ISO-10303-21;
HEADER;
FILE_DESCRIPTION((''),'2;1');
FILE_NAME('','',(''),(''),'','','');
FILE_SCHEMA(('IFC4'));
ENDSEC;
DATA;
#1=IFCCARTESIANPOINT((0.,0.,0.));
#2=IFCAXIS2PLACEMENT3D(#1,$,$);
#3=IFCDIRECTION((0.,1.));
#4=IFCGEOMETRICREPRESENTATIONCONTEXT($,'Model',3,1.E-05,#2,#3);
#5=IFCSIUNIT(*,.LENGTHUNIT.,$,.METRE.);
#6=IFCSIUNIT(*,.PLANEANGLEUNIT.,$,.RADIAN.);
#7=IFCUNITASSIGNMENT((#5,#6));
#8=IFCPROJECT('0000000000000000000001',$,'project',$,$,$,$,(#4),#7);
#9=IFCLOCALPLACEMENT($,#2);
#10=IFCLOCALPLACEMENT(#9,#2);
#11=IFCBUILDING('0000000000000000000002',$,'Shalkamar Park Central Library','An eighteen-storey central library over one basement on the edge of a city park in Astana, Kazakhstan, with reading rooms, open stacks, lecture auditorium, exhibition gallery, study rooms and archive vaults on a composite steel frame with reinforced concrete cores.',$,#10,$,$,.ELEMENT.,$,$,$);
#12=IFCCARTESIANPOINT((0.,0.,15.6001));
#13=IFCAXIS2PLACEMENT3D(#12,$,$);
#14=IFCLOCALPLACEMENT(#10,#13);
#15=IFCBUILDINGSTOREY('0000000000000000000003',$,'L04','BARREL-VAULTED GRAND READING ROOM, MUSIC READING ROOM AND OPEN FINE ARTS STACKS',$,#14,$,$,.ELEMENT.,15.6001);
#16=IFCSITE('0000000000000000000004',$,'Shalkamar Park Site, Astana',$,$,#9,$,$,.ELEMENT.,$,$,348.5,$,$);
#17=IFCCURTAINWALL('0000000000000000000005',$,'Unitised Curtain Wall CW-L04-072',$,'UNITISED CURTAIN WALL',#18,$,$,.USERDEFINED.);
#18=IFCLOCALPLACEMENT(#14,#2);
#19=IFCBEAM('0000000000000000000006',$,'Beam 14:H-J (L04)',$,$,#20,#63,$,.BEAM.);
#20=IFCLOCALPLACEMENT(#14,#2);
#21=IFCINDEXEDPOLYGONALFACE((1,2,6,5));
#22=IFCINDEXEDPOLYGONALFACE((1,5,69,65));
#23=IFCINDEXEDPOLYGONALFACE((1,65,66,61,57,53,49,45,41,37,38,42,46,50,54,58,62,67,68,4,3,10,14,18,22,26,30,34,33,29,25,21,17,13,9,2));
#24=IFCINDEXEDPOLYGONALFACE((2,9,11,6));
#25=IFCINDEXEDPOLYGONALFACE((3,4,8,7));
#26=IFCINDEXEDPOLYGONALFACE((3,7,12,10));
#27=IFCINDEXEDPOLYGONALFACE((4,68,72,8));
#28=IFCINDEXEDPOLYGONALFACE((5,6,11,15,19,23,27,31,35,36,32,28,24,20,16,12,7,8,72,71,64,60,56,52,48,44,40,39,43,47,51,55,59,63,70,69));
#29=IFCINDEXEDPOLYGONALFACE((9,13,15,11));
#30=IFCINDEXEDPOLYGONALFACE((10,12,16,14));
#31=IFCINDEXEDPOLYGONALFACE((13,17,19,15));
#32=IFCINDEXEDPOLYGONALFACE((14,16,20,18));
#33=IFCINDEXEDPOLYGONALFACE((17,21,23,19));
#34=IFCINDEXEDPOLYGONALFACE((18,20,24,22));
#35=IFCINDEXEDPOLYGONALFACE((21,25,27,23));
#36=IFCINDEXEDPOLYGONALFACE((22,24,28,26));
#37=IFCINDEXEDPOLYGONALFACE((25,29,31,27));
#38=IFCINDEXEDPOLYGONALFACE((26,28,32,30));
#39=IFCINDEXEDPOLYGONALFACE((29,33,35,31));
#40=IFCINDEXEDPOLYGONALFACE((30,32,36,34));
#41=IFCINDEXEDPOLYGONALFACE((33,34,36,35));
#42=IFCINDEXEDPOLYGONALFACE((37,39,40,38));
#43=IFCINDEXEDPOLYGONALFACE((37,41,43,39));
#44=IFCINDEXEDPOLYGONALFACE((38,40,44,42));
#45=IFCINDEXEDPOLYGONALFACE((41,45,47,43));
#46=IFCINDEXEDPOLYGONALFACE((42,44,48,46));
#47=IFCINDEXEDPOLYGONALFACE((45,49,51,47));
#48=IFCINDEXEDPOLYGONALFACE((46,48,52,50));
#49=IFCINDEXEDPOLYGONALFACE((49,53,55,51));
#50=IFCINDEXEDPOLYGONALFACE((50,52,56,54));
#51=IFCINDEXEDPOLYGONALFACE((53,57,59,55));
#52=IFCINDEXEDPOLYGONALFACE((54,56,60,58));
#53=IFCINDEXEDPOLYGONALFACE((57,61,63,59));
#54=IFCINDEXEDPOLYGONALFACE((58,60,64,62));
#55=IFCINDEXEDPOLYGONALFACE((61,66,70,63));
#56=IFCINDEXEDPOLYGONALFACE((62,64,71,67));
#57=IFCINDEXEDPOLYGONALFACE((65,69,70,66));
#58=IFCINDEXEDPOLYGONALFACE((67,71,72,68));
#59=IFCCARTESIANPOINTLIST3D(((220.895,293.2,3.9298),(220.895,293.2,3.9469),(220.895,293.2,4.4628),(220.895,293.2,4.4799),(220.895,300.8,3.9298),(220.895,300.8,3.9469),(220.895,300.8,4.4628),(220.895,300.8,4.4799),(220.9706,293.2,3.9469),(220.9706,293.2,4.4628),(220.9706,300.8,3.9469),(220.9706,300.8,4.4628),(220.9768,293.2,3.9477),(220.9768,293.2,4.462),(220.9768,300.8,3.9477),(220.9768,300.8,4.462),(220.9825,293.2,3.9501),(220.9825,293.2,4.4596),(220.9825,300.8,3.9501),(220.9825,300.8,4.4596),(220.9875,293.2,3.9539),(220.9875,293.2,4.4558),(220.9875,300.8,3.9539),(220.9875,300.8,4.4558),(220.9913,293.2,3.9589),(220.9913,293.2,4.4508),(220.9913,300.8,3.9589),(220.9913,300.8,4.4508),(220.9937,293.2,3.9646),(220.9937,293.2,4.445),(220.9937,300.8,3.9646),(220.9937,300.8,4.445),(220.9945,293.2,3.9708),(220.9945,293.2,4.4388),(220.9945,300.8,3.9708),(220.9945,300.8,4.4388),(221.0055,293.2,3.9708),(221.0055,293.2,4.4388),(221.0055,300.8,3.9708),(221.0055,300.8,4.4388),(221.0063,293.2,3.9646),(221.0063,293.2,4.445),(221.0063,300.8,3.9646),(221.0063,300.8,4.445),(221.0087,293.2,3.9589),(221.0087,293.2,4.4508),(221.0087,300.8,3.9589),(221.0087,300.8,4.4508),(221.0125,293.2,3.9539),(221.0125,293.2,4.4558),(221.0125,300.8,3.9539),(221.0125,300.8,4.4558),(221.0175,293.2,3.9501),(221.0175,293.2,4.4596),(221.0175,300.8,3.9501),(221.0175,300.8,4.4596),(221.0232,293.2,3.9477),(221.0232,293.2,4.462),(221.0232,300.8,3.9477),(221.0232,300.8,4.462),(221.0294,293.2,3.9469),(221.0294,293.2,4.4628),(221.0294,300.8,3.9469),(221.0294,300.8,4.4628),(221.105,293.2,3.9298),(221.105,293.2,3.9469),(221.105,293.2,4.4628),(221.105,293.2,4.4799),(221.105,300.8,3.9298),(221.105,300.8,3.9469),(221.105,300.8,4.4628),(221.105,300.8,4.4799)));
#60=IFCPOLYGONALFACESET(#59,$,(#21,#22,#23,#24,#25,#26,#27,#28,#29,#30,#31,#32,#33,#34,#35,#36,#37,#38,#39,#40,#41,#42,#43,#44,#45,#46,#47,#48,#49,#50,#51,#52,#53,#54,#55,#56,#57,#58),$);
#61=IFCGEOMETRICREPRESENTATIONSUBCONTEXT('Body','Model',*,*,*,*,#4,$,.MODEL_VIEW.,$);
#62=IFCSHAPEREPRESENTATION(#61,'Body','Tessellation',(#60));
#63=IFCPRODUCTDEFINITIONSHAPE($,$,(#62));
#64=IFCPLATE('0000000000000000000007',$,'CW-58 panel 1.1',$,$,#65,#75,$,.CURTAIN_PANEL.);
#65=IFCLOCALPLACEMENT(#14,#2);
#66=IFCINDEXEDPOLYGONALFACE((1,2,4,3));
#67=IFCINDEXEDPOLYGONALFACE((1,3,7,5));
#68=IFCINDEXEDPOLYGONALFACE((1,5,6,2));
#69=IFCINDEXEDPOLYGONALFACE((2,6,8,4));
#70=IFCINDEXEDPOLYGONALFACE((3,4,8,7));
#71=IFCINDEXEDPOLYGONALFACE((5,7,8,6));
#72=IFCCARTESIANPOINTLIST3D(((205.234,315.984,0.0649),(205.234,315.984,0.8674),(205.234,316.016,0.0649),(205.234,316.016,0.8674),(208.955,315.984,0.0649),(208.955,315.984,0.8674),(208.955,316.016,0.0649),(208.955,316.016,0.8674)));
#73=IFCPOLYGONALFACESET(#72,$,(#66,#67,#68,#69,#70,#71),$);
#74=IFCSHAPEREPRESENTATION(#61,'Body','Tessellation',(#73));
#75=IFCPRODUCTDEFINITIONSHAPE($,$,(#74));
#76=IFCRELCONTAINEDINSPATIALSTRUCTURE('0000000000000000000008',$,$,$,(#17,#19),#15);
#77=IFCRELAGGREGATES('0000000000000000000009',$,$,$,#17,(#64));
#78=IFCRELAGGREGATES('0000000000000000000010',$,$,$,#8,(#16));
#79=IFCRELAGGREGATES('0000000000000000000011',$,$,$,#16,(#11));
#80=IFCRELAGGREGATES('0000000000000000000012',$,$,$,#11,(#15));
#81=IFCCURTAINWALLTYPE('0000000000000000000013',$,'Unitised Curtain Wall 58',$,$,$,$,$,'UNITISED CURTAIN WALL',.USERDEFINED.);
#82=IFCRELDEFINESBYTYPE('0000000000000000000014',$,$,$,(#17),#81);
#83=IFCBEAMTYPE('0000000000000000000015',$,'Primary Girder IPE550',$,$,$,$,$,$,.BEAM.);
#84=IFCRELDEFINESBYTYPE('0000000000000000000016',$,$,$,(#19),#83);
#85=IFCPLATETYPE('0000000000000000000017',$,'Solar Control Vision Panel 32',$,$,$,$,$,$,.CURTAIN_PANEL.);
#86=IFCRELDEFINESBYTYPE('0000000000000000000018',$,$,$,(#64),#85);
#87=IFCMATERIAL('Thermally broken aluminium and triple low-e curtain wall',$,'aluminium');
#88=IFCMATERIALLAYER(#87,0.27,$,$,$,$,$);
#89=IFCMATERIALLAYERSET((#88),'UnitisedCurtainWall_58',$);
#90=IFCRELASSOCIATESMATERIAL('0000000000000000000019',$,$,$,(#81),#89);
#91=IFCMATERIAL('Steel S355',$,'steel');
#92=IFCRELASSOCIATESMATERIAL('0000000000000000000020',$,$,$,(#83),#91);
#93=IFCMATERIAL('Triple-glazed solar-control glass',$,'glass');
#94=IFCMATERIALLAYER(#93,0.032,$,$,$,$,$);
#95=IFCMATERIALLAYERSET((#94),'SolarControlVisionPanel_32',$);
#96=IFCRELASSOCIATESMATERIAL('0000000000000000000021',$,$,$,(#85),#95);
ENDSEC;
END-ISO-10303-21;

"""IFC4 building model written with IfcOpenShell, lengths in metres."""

from ifc_helpers import new_model, si_unit, direction, frame, origin, origin_2d, place, context, subcontext, project, spatial, rectangle, i_section, extrude, material, layer, layer_set, material_profile, profile_set, type_object, element, aggregate, save


model = new_model("IFC4")

# Units and contexts
model_context = context("Model", 3, precision=1e-05, world=origin(), true_north=direction((0.0, 1.0)))
body_context = subcontext(model_context, "Body", "Model", "MODEL_VIEW")
ifc_project = project(units=[si_unit("LENGTHUNIT", "METRE"), si_unit("PLANEANGLEUNIT", "RADIAN")], contexts=[model_context])

# Site, building, storey
site_placement = place(None, origin())
site = spatial("IfcSite", under=ifc_project, at=site_placement, Name="Shalkamar Park Site, Astana", CompositionType="ELEMENT", RefElevation=348.5)
building_placement = place(site_placement, origin())
building = spatial("IfcBuilding", under=site, at=building_placement, Name="Shalkamar Park Central Library", Description="An eighteen-storey central library over one basement on the edge of a city park in Astana, Kazakhstan, with reading rooms, open stacks, lecture auditorium, exhibition gallery, study rooms and archive vaults on a composite steel frame with reinforced concrete cores.", CompositionType="ELEMENT")
storey_placement = place(building_placement, frame((0.0, 0.0, 15.6001)))
storey = spatial("IfcBuildingStorey", under=building, at=storey_placement, Name="L04", Description="BARREL-VAULTED GRAND READING ROOM, MUSIC READING ROOM AND OPEN FINE ARTS STACKS", CompositionType="ELEMENT", Elevation=15.6001)

# Shared definitions
ifc_material_1 = material(Name="Steel S355", Category="steel")

# Curtain wall
ifc_material_2 = material(Name="Thermally broken aluminium and triple low-e curtain wall", Category="aluminium")
ifc_layer_1 = layer(ifc_material_2, 0.27)
ifc_layer_set_1 = layer_set([ifc_layer_1], Name="UnitisedCurtainWall_58")
curtain_wall_type = type_object("IfcCurtainWallType", Name="Unitised Curtain Wall 58", ElementType="UNITISED CURTAIN WALL", PredefinedType="USERDEFINED", material=ifc_layer_set_1)
curtain_wall_placement = place(storey_placement, origin())
curtain_wall = element("IfcCurtainWall", 1, at=curtain_wall_placement, inside=storey, type_object=curtain_wall_type, Name="Unitised Curtain Wall CW-L04-072", ObjectType="UNITISED CURTAIN WALL", PredefinedType="USERDEFINED")

# Beam
ifc_material_profile_1 = material_profile(ifc_material_1, i_section(OverallWidth=0.21, OverallDepth=0.55, WebThickness=0.011, FlangeThickness=0.0171, FilletRadius=0.0239, at=origin_2d()), Name="IPE 550")
ifc_profile_set_1 = profile_set([ifc_material_profile_1], Name="Steel S355")
beam_type_1 = type_object("IfcBeamType", Name="Primary Girder IPE550", PredefinedType="BEAM", material=ifc_profile_set_1)
beam_1_placement = place(storey_placement, frame((221.0, 293.2, 4.2048), z_axis=(0.0, 1.0, 0.0), x_axis=(-1.0, 0.0, 0.0)))
element("IfcBeam", 2, at=beam_1_placement, inside=storey, type_object=beam_type_1, Name="Beam 14:H-J (L04)", PredefinedType="BEAM", context=body_context, shape_type="SweptSolid", body=[
    extrude(i_section(OverallWidth=0.21, OverallDepth=0.55, WebThickness=0.011, FlangeThickness=0.0171, FilletRadius=0.0239, at=origin_2d()), origin(), (0.0, 0.0, 1.0), 7.6001),
])

# Plate
ifc_material_3 = material(Name="Triple-glazed solar-control glass", Category="glass")
ifc_layer_2 = layer(ifc_material_3, 0.032)
ifc_layer_set_2 = layer_set([ifc_layer_2], Name="SolarControlVisionPanel_32")
plate_type = type_object("IfcPlateType", Name="Solar Control Vision Panel 32", PredefinedType="CURTAIN_PANEL", material=ifc_layer_set_2)
plate_placement = place(storey_placement, frame((207.0945, 316.0, 0.0649), z_axis=(0.0, 0.0, 1.0), x_axis=(1.0, 0.0, 0.0)))
plate = element("IfcPlate", 3, at=plate_placement, type_object=plate_type, Name="CW-58 panel 1.1", PredefinedType="CURTAIN_PANEL", context=body_context, shape_type="SweptSolid", body=[
    extrude(rectangle(XDim=3.7209, YDim=0.032, at=origin_2d()), origin(), (0.0, 0.0, 1.0), 0.8025),
])
aggregate(curtain_wall, [plate])

save(model, "model.ifc")
